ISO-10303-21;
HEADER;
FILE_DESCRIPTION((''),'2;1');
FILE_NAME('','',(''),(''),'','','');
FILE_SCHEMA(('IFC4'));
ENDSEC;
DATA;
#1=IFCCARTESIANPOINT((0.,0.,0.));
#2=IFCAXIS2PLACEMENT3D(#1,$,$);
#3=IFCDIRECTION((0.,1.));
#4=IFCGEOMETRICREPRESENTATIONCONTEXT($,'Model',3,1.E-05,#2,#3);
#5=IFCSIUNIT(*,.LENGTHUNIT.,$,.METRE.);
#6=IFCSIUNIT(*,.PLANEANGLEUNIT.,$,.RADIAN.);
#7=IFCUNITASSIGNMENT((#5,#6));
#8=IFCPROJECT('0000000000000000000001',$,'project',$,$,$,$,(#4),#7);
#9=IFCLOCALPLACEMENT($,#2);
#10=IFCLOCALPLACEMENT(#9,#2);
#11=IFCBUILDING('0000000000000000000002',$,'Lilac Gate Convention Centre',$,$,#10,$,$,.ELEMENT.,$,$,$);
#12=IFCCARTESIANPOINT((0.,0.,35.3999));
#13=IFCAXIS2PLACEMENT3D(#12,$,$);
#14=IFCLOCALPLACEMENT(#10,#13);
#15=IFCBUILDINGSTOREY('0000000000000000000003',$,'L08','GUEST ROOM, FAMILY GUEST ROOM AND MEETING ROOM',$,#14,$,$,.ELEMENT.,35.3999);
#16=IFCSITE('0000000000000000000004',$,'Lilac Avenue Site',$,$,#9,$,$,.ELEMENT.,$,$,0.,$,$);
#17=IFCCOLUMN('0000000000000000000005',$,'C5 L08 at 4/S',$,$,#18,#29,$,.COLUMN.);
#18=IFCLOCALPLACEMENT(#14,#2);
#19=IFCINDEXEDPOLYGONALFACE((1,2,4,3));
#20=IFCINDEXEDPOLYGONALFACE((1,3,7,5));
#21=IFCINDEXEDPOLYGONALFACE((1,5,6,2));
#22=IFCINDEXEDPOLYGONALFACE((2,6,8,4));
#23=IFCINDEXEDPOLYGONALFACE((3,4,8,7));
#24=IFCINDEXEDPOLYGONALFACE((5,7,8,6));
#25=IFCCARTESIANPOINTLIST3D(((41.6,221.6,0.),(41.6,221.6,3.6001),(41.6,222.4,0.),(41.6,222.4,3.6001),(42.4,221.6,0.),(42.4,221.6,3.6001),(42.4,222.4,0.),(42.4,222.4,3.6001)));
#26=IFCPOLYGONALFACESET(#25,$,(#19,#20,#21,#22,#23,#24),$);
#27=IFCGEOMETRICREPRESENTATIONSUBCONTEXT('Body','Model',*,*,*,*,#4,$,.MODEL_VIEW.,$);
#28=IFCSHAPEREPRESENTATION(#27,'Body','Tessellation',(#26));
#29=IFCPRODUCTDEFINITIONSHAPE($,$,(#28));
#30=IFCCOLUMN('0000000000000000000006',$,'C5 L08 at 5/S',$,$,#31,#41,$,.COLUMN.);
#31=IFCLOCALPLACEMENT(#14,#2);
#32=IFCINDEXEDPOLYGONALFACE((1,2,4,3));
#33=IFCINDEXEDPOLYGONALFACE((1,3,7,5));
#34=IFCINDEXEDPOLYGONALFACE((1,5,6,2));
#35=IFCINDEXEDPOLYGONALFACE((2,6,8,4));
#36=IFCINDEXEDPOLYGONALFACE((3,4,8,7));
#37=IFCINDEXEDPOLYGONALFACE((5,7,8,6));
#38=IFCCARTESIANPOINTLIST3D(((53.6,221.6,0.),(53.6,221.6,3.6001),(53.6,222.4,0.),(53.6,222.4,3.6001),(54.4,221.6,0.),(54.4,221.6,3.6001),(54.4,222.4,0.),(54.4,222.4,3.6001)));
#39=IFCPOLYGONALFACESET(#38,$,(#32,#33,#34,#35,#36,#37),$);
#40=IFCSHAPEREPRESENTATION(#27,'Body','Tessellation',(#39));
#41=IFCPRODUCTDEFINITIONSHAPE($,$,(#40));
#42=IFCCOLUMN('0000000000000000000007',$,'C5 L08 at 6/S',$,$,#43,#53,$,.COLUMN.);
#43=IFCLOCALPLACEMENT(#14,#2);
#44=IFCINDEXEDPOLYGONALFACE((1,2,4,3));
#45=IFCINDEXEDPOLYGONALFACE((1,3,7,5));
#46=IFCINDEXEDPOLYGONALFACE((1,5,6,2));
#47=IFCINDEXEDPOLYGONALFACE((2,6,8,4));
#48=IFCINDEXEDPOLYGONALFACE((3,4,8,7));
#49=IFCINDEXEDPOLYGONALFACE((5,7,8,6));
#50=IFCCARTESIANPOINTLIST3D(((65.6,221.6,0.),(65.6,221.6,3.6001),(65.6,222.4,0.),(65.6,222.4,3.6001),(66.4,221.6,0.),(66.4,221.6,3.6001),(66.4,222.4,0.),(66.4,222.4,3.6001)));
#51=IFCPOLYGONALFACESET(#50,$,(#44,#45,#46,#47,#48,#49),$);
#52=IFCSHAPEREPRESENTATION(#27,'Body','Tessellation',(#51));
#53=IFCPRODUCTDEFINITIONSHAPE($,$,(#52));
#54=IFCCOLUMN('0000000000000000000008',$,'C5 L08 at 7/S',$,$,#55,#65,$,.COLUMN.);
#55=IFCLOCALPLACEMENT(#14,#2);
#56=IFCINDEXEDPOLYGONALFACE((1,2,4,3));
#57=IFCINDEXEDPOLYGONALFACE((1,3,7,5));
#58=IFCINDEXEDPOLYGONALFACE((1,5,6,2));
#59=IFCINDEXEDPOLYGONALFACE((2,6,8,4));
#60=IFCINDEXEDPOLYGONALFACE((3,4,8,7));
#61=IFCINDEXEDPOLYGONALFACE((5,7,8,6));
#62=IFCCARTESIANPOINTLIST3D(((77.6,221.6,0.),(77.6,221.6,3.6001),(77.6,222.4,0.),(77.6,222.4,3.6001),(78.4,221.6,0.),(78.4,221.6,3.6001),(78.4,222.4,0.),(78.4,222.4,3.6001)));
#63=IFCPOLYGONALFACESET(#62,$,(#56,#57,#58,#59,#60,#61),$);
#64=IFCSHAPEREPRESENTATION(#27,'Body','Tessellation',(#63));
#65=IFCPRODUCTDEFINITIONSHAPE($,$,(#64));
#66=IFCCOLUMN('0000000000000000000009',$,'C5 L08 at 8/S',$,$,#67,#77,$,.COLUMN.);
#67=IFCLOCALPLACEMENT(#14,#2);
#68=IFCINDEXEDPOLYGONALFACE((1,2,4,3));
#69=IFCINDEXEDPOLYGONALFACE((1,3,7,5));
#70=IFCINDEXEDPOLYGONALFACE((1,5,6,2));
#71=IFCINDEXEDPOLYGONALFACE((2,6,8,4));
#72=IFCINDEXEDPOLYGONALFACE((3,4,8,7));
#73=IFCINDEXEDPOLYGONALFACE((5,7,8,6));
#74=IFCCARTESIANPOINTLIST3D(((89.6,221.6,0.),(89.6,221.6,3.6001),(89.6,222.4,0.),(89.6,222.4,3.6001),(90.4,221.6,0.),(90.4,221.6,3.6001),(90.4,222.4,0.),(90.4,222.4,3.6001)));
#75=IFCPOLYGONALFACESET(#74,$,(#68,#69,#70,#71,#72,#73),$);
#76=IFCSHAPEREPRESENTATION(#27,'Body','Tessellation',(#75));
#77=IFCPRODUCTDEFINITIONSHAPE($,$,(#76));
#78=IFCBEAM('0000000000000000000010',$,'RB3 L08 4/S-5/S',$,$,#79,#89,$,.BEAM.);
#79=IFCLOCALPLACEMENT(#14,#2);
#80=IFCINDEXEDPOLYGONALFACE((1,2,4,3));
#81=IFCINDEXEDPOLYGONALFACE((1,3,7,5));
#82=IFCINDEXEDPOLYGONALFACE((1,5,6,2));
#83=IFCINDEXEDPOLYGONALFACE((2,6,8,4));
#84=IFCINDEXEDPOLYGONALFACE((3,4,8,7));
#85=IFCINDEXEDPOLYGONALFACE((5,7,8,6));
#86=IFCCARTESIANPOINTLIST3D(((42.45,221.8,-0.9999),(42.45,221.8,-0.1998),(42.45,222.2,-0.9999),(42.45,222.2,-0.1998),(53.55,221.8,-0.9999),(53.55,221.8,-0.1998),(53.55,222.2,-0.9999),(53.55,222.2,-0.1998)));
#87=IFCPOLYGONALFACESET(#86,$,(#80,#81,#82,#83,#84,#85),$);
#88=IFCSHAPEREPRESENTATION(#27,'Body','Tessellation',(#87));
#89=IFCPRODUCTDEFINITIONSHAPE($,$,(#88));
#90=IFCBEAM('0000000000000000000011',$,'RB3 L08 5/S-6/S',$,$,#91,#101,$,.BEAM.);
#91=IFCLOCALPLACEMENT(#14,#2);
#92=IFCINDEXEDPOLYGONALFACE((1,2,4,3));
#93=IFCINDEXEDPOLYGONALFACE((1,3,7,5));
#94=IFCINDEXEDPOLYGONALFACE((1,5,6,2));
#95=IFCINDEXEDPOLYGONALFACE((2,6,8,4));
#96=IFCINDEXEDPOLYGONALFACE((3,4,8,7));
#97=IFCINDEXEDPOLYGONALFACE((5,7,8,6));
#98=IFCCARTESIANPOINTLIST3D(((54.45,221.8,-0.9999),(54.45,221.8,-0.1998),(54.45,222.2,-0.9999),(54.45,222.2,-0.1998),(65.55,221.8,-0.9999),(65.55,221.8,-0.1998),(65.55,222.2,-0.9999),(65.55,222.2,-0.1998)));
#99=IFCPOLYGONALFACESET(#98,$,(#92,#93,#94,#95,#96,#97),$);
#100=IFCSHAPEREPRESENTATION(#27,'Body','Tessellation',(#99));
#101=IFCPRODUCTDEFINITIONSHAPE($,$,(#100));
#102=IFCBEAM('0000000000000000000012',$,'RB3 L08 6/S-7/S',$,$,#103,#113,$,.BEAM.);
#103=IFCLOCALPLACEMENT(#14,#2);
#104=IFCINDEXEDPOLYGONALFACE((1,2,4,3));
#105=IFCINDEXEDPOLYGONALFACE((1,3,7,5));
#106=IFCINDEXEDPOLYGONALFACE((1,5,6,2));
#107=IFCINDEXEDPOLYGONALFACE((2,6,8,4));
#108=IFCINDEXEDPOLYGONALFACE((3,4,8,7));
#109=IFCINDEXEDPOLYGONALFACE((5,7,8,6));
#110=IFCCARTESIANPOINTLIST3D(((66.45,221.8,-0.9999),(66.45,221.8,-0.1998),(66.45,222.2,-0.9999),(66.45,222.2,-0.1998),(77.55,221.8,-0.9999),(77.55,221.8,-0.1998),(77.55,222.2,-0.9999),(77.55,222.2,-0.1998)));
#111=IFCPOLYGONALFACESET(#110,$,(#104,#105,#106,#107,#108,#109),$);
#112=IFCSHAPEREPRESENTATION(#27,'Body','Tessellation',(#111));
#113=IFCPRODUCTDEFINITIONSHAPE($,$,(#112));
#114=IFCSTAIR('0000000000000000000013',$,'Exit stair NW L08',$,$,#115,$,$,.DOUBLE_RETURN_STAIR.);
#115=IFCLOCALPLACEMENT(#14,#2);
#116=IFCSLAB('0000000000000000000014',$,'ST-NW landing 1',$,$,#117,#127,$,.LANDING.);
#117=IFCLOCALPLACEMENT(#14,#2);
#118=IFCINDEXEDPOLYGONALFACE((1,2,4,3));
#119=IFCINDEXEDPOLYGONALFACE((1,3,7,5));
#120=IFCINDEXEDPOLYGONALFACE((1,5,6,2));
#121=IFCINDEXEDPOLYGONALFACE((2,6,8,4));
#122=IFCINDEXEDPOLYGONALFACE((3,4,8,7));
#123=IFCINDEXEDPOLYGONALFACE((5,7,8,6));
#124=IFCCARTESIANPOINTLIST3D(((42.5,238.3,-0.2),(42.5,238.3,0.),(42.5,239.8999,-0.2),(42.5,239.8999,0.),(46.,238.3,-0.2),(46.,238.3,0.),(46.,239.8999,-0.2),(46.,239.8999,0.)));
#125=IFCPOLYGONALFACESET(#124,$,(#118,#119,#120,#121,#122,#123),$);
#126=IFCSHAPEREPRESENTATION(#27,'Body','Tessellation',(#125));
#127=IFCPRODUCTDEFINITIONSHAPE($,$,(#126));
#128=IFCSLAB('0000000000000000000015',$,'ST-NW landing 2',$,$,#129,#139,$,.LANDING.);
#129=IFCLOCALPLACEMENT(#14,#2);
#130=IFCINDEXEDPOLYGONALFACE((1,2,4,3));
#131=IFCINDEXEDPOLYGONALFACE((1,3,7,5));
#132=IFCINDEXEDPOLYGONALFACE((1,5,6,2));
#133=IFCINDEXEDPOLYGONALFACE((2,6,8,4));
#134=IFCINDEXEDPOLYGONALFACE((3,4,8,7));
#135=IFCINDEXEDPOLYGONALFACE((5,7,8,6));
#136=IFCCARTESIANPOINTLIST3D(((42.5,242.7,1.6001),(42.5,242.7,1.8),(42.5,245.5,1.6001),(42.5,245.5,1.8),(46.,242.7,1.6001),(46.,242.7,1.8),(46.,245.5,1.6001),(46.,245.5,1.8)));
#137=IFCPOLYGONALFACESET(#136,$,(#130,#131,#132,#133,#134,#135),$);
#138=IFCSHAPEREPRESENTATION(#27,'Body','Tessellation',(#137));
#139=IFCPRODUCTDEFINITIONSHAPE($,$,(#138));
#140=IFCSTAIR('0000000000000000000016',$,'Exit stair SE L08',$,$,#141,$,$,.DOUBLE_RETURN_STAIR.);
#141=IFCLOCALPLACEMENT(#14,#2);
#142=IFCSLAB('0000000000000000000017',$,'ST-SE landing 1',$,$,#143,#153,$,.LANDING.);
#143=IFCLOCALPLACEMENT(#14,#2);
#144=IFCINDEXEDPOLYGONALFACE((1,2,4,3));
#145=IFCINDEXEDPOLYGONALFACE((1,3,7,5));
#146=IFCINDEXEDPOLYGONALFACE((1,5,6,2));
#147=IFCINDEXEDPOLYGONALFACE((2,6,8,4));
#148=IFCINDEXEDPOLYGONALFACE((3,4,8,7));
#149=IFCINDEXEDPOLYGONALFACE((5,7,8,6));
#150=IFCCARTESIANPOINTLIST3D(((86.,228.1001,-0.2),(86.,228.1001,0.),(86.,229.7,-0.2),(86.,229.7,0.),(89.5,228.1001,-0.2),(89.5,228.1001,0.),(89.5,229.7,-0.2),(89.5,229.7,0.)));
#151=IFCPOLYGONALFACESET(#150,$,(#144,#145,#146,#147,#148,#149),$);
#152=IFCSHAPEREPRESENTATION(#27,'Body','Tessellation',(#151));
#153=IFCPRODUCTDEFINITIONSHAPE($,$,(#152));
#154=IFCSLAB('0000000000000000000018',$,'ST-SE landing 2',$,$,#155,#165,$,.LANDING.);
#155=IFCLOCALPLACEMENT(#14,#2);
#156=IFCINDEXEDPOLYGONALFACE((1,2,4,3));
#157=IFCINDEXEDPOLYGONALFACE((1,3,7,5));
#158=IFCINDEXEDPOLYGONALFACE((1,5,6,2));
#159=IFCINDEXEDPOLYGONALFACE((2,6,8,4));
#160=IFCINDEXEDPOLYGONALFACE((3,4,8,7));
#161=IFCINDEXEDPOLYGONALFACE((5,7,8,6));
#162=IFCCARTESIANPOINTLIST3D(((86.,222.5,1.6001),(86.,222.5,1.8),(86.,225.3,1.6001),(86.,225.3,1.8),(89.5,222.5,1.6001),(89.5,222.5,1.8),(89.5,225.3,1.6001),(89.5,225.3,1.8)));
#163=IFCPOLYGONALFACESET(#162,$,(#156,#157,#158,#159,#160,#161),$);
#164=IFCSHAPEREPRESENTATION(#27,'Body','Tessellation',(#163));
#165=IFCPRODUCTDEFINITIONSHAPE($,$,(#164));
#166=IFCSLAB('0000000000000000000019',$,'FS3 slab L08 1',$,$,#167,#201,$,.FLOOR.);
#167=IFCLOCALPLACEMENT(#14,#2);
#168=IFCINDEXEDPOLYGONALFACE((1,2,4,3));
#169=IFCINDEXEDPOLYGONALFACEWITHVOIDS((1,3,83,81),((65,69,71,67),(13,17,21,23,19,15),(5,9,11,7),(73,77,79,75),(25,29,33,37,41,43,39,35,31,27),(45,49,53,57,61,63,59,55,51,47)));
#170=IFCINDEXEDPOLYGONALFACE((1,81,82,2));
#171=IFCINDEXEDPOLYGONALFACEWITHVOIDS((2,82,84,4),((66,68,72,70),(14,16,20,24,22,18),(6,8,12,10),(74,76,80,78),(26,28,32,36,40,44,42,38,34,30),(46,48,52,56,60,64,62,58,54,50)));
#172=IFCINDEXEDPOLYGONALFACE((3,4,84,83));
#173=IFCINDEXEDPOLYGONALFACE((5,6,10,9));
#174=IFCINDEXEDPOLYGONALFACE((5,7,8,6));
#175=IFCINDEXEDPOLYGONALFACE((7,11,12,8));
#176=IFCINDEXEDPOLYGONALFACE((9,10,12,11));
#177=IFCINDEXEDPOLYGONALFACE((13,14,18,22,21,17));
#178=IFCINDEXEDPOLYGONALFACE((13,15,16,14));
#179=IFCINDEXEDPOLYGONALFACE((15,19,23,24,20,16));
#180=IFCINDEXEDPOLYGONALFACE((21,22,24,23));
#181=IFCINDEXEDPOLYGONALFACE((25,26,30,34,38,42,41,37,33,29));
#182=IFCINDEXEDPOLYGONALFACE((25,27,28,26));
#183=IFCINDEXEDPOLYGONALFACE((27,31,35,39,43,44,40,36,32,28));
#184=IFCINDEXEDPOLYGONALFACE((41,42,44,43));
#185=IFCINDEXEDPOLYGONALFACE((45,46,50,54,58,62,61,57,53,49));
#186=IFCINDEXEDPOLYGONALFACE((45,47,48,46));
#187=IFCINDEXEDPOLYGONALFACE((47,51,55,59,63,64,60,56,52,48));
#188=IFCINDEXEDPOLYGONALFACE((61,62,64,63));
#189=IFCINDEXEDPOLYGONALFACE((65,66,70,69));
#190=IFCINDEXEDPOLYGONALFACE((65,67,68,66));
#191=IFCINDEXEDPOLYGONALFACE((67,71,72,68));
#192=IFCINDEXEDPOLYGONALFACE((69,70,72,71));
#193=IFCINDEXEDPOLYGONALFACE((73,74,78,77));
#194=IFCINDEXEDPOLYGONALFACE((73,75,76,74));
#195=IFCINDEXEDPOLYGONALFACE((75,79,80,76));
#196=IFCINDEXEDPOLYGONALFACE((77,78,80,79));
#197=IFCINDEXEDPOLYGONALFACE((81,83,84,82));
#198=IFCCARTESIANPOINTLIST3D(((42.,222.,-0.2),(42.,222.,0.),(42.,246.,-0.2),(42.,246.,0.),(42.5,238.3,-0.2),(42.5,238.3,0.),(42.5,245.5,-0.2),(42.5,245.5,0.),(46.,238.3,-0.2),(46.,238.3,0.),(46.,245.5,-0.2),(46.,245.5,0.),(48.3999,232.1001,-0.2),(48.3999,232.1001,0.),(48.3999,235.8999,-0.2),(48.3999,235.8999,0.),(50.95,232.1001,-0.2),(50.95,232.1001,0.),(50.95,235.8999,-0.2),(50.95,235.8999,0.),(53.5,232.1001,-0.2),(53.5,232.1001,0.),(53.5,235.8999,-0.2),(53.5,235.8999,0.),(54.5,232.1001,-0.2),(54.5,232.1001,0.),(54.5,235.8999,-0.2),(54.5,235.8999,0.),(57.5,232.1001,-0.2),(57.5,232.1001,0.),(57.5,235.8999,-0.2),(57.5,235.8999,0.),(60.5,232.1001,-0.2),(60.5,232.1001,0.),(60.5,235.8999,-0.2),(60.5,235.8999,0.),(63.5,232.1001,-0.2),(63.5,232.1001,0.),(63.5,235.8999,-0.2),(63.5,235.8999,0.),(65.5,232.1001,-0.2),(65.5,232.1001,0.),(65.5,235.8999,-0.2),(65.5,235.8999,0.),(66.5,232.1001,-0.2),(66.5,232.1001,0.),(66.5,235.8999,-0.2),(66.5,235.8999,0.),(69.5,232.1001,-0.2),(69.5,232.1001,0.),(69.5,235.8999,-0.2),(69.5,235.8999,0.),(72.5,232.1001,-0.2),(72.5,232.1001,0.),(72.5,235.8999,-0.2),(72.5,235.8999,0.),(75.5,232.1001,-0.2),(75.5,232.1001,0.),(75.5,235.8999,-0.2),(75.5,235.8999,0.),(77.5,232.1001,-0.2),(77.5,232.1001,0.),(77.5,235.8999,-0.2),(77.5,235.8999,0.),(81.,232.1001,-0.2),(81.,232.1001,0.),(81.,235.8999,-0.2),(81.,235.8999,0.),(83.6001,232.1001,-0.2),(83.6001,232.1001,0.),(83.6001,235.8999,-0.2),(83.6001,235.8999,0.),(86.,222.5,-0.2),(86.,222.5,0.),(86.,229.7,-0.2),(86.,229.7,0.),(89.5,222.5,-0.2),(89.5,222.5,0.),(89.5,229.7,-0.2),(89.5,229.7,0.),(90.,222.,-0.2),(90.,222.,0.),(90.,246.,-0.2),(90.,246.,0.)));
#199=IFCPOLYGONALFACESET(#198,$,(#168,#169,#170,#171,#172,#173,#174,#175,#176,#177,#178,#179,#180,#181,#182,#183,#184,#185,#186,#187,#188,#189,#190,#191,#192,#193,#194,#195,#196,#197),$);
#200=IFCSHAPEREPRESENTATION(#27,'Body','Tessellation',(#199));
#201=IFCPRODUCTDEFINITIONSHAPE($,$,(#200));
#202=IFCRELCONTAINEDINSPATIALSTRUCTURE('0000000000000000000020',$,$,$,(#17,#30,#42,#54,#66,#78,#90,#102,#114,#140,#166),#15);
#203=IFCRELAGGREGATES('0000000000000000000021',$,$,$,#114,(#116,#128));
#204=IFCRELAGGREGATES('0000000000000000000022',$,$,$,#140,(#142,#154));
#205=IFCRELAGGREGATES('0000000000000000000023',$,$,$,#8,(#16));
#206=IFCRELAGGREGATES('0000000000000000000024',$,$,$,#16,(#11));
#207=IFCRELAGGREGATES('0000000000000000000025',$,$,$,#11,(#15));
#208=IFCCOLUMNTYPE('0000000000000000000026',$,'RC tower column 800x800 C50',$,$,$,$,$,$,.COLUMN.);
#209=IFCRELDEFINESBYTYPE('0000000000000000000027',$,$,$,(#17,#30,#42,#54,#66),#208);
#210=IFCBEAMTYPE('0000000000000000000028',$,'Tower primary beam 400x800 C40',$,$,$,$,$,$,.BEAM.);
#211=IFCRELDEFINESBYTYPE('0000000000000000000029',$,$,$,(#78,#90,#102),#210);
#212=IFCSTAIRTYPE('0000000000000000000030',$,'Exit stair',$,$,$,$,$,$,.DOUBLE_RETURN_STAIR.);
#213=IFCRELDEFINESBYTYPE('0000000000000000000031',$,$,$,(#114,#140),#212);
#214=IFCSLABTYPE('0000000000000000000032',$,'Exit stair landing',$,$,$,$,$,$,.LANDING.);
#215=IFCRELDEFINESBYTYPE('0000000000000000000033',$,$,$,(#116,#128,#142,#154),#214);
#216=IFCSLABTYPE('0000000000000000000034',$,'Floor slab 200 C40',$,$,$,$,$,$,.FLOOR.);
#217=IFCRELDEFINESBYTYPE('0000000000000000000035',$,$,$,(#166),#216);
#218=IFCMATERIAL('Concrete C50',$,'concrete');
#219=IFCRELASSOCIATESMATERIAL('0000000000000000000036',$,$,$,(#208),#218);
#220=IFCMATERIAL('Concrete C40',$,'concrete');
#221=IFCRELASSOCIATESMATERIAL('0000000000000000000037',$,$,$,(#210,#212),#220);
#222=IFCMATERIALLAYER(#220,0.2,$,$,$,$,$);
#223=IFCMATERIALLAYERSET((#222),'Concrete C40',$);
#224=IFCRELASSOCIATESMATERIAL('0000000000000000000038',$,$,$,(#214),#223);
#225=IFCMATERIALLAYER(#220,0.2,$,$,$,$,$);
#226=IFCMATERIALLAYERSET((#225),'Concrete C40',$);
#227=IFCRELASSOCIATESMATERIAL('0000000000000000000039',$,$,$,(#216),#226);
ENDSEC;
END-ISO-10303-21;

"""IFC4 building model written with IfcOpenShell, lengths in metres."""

from ifc_helpers import new_model, si_unit, direction, frame, origin, origin_2d, place, context, subcontext, project, spatial, polyline, rectangle, outline, extrude, material, layer, layer_set, material_profile, profile_set, type_object, element, aggregate, save


model = new_model("IFC4")

# Units and contexts
model_context = context("Model", 3, precision=1e-05, world=origin(), true_north=direction((0.0, 1.0)))
body_context = subcontext(model_context, "Body", "Model", "MODEL_VIEW")
ifc_project = project(units=[si_unit("LENGTHUNIT", "METRE"), si_unit("PLANEANGLEUNIT", "RADIAN")], contexts=[model_context])

# Site, building, storey
site_placement = place(None, origin())
site = spatial("IfcSite", under=ifc_project, at=site_placement, Name="Lilac Avenue Site", CompositionType="ELEMENT", RefElevation=0.0)
building_placement = place(site_placement, origin())
building = spatial("IfcBuilding", under=site, at=building_placement, Name="Lilac Gate Convention Centre", CompositionType="ELEMENT")
storey_placement = place(building_placement, frame((0.0, 0.0, 35.3999)))
storey = spatial("IfcBuildingStorey", under=building, at=storey_placement, Name="L08", Description="GUEST ROOM, FAMILY GUEST ROOM AND MEETING ROOM", CompositionType="ELEMENT", Elevation=35.3999)

# Columns
ifc_material_1 = material(Name="Concrete C50", Category="concrete")
ifc_material_profile_1 = material_profile(ifc_material_1, rectangle(XDim=0.8, YDim=0.8, at=origin_2d()), Name="RC 800x800")
ifc_profile_set_1 = profile_set([ifc_material_profile_1], Name="Concrete C50")
column_type = type_object("IfcColumnType", Name="RC tower column 800x800 C50", PredefinedType="COLUMN", material=ifc_profile_set_1)
for number, where, z_axis, x_axis, name in (
    (1, (42.0, 222.0, 0.0), (0.0, 0.0, 1.0), (1.0, 0.0, 0.0), "C5 L08 at 4/S"),
    (2, (54.0, 222.0, 0.0), (0.0, 0.0, 1.0), (1.0, 0.0, 0.0), "C5 L08 at 5/S"),
    (3, (66.0, 222.0, 0.0), (0.0, 0.0, 1.0), (1.0, 0.0, 0.0), "C5 L08 at 6/S"),
    (4, (78.0, 222.0, 0.0), (0.0, 0.0, 1.0), (1.0, 0.0, 0.0), "C5 L08 at 7/S"),
    (5, (90.0, 222.0, 0.0), (0.0, 0.0, 1.0), (1.0, 0.0, 0.0), "C5 L08 at 8/S"),
):
    element("IfcColumn", number, at=place(storey_placement, frame(where, z_axis=z_axis, x_axis=x_axis)), inside=storey, type_object=column_type, Name=name, PredefinedType="COLUMN", context=body_context, shape_type="SweptSolid", body=[
        extrude(rectangle(XDim=0.8, YDim=0.8, at=origin_2d()), origin(), (0.0, 0.0, 1.0), 3.6001),
    ])

# Beams
ifc_material_2 = material(Name="Concrete C40", Category="concrete")
ifc_material_profile_2 = material_profile(ifc_material_2, rectangle(XDim=0.3999, YDim=0.8, at=origin_2d()), Name="RC 400x800")
ifc_profile_set_2 = profile_set([ifc_material_profile_2], Name="Concrete C40")
beam_type = type_object("IfcBeamType", Name="Tower primary beam 400x800 C40", PredefinedType="BEAM", material=ifc_profile_set_2)
for number, where, z_axis, x_axis, name in (
    (6, (42.45, 222.0, -0.5999), (1.0, 0.0, 0.0), (0.0, 1.0, 0.0), "RB3 L08 4/S-5/S"),
    (7, (54.45, 222.0, -0.5999), (1.0, 0.0, 0.0), (0.0, 1.0, 0.0), "RB3 L08 5/S-6/S"),
    (8, (66.45, 222.0, -0.5999), (1.0, 0.0, 0.0), (0.0, 1.0, 0.0), "RB3 L08 6/S-7/S"),
):
    element("IfcBeam", number, at=place(storey_placement, frame(where, z_axis=z_axis, x_axis=x_axis)), inside=storey, type_object=beam_type, Name=name, PredefinedType="BEAM", context=body_context, shape_type="SweptSolid", body=[
        extrude(rectangle(XDim=0.3999, YDim=0.8, at=origin_2d()), origin(), (0.0, 0.0, 1.0), 11.1001),
    ])

# Stairs, slabs
stair_type = type_object("IfcStairType", Name="Exit stair", PredefinedType="DOUBLE_RETURN_STAIR", material=ifc_material_2)
stair_1_placement = place(storey_placement, origin())
stair_1 = element("IfcStair", 9, at=stair_1_placement, inside=storey, type_object=stair_type, Name="Exit stair NW L08", PredefinedType="DOUBLE_RETURN_STAIR")
ifc_layer_1 = layer(ifc_material_2, 0.2)
ifc_layer_set_1 = layer_set([ifc_layer_1], Name="Concrete C40")
slab_type_1 = type_object("IfcSlabType", Name="Exit stair landing", PredefinedType="LANDING", material=ifc_layer_set_1)
slab_1_placement = place(storey_placement, frame((0.0, 0.0, -0.2)))
slab_1 = element("IfcSlab", 10, at=slab_1_placement, type_object=slab_type_1, Name="ST-NW landing 1", PredefinedType="LANDING", context=body_context, shape_type="SweptSolid", body=[
    extrude(outline(polyline([(42.5, 238.3), (46.0, 238.3), (46.0, 239.8999), (42.5, 239.8999), (42.5, 238.3)])), origin(), (0.0, 0.0, 1.0), 0.2),
])
slab_2_placement = place(storey_placement, frame((0.0, 0.0, 1.6001)))
slab_2 = element("IfcSlab", 11, at=slab_2_placement, type_object=slab_type_1, Name="ST-NW landing 2", PredefinedType="LANDING", context=body_context, shape_type="SweptSolid", body=[
    extrude(outline(polyline([(42.5, 242.7), (46.0, 242.7), (46.0, 245.5), (42.5, 245.5), (42.5, 242.7)])), origin(), (0.0, 0.0, 1.0), 0.2),
])
aggregate(stair_1, [slab_1, slab_2])
stair_2_placement = place(storey_placement, origin())
stair_2 = element("IfcStair", 12, at=stair_2_placement, inside=storey, type_object=stair_type, Name="Exit stair SE L08", PredefinedType="DOUBLE_RETURN_STAIR")
slab_3_placement = place(storey_placement, frame((0.0, 0.0, -0.2)))
slab_3 = element("IfcSlab", 13, at=slab_3_placement, type_object=slab_type_1, Name="ST-SE landing 1", PredefinedType="LANDING", context=body_context, shape_type="SweptSolid", body=[
    extrude(outline(polyline([(86.0, 228.1001), (89.5, 228.1001), (89.5, 229.7), (86.0, 229.7), (86.0, 228.1001)])), origin(), (0.0, 0.0, 1.0), 0.2),
])
slab_4_placement = place(storey_placement, frame((0.0, 0.0, 1.6001)))
slab_4 = element("IfcSlab", 14, at=slab_4_placement, type_object=slab_type_1, Name="ST-SE landing 2", PredefinedType="LANDING", context=body_context, shape_type="SweptSolid", body=[
    extrude(outline(polyline([(86.0, 222.5), (89.5, 222.5), (89.5, 225.3), (86.0, 225.3), (86.0, 222.5)])), origin(), (0.0, 0.0, 1.0), 0.2),
])
aggregate(stair_2, [slab_3, slab_4])

# Slab
ifc_layer_2 = layer(ifc_material_2, 0.2)
ifc_layer_set_2 = layer_set([ifc_layer_2], Name="Concrete C40")
slab_type_2 = type_object("IfcSlabType", Name="Floor slab 200 C40", PredefinedType="FLOOR", material=ifc_layer_set_2)
slab_5_placement = place(storey_placement, frame((0.0, 0.0, -0.2)))
element("IfcSlab", 15, at=slab_5_placement, inside=storey, type_object=slab_type_2, Name="FS3 slab L08 1", PredefinedType="FLOOR", context=body_context, shape_type="SweptSolid", body=[
    extrude(outline(polyline([(42.0, 222.0), (42.0, 246.0), (90.0, 246.0), (90.0, 222.0), (42.0, 222.0)]), holes=[polyline([(48.3999, 235.8999), (48.3999, 232.1001), (50.95, 232.1001), (53.5, 232.1001), (53.5, 235.8999), (50.95, 235.8999), (48.3999, 235.8999)]), polyline([(57.5, 235.8999), (54.5, 235.8999), (54.5, 232.1001), (57.5, 232.1001), (60.5, 232.1001), (63.5, 232.1001), (65.5, 232.1001), (65.5, 235.8999), (63.5, 235.8999), (60.5, 235.8999), (57.5, 235.8999)]), polyline([(42.5, 245.5), (42.5, 238.3), (46.0, 238.3), (46.0, 245.5), (42.5, 245.5)]), polyline([(89.5, 229.7), (86.0, 229.7), (86.0, 222.5), (89.5, 222.5), (89.5, 229.7)]), polyline([(69.5, 235.8999), (66.5, 235.8999), (66.5, 232.1001), (69.5, 232.1001), (72.5, 232.1001), (75.5, 232.1001), (77.5, 232.1001), (77.5, 235.8999), (75.5, 235.8999), (72.5, 235.8999), (69.5, 235.8999)]), polyline([(83.6001, 235.8999), (81.0, 235.8999), (81.0, 232.1001), (83.6001, 232.1001), (83.6001, 235.8999)])]), origin(), (0.0, 0.0, 1.0), 0.2),
])

save(model, "model.ifc")
